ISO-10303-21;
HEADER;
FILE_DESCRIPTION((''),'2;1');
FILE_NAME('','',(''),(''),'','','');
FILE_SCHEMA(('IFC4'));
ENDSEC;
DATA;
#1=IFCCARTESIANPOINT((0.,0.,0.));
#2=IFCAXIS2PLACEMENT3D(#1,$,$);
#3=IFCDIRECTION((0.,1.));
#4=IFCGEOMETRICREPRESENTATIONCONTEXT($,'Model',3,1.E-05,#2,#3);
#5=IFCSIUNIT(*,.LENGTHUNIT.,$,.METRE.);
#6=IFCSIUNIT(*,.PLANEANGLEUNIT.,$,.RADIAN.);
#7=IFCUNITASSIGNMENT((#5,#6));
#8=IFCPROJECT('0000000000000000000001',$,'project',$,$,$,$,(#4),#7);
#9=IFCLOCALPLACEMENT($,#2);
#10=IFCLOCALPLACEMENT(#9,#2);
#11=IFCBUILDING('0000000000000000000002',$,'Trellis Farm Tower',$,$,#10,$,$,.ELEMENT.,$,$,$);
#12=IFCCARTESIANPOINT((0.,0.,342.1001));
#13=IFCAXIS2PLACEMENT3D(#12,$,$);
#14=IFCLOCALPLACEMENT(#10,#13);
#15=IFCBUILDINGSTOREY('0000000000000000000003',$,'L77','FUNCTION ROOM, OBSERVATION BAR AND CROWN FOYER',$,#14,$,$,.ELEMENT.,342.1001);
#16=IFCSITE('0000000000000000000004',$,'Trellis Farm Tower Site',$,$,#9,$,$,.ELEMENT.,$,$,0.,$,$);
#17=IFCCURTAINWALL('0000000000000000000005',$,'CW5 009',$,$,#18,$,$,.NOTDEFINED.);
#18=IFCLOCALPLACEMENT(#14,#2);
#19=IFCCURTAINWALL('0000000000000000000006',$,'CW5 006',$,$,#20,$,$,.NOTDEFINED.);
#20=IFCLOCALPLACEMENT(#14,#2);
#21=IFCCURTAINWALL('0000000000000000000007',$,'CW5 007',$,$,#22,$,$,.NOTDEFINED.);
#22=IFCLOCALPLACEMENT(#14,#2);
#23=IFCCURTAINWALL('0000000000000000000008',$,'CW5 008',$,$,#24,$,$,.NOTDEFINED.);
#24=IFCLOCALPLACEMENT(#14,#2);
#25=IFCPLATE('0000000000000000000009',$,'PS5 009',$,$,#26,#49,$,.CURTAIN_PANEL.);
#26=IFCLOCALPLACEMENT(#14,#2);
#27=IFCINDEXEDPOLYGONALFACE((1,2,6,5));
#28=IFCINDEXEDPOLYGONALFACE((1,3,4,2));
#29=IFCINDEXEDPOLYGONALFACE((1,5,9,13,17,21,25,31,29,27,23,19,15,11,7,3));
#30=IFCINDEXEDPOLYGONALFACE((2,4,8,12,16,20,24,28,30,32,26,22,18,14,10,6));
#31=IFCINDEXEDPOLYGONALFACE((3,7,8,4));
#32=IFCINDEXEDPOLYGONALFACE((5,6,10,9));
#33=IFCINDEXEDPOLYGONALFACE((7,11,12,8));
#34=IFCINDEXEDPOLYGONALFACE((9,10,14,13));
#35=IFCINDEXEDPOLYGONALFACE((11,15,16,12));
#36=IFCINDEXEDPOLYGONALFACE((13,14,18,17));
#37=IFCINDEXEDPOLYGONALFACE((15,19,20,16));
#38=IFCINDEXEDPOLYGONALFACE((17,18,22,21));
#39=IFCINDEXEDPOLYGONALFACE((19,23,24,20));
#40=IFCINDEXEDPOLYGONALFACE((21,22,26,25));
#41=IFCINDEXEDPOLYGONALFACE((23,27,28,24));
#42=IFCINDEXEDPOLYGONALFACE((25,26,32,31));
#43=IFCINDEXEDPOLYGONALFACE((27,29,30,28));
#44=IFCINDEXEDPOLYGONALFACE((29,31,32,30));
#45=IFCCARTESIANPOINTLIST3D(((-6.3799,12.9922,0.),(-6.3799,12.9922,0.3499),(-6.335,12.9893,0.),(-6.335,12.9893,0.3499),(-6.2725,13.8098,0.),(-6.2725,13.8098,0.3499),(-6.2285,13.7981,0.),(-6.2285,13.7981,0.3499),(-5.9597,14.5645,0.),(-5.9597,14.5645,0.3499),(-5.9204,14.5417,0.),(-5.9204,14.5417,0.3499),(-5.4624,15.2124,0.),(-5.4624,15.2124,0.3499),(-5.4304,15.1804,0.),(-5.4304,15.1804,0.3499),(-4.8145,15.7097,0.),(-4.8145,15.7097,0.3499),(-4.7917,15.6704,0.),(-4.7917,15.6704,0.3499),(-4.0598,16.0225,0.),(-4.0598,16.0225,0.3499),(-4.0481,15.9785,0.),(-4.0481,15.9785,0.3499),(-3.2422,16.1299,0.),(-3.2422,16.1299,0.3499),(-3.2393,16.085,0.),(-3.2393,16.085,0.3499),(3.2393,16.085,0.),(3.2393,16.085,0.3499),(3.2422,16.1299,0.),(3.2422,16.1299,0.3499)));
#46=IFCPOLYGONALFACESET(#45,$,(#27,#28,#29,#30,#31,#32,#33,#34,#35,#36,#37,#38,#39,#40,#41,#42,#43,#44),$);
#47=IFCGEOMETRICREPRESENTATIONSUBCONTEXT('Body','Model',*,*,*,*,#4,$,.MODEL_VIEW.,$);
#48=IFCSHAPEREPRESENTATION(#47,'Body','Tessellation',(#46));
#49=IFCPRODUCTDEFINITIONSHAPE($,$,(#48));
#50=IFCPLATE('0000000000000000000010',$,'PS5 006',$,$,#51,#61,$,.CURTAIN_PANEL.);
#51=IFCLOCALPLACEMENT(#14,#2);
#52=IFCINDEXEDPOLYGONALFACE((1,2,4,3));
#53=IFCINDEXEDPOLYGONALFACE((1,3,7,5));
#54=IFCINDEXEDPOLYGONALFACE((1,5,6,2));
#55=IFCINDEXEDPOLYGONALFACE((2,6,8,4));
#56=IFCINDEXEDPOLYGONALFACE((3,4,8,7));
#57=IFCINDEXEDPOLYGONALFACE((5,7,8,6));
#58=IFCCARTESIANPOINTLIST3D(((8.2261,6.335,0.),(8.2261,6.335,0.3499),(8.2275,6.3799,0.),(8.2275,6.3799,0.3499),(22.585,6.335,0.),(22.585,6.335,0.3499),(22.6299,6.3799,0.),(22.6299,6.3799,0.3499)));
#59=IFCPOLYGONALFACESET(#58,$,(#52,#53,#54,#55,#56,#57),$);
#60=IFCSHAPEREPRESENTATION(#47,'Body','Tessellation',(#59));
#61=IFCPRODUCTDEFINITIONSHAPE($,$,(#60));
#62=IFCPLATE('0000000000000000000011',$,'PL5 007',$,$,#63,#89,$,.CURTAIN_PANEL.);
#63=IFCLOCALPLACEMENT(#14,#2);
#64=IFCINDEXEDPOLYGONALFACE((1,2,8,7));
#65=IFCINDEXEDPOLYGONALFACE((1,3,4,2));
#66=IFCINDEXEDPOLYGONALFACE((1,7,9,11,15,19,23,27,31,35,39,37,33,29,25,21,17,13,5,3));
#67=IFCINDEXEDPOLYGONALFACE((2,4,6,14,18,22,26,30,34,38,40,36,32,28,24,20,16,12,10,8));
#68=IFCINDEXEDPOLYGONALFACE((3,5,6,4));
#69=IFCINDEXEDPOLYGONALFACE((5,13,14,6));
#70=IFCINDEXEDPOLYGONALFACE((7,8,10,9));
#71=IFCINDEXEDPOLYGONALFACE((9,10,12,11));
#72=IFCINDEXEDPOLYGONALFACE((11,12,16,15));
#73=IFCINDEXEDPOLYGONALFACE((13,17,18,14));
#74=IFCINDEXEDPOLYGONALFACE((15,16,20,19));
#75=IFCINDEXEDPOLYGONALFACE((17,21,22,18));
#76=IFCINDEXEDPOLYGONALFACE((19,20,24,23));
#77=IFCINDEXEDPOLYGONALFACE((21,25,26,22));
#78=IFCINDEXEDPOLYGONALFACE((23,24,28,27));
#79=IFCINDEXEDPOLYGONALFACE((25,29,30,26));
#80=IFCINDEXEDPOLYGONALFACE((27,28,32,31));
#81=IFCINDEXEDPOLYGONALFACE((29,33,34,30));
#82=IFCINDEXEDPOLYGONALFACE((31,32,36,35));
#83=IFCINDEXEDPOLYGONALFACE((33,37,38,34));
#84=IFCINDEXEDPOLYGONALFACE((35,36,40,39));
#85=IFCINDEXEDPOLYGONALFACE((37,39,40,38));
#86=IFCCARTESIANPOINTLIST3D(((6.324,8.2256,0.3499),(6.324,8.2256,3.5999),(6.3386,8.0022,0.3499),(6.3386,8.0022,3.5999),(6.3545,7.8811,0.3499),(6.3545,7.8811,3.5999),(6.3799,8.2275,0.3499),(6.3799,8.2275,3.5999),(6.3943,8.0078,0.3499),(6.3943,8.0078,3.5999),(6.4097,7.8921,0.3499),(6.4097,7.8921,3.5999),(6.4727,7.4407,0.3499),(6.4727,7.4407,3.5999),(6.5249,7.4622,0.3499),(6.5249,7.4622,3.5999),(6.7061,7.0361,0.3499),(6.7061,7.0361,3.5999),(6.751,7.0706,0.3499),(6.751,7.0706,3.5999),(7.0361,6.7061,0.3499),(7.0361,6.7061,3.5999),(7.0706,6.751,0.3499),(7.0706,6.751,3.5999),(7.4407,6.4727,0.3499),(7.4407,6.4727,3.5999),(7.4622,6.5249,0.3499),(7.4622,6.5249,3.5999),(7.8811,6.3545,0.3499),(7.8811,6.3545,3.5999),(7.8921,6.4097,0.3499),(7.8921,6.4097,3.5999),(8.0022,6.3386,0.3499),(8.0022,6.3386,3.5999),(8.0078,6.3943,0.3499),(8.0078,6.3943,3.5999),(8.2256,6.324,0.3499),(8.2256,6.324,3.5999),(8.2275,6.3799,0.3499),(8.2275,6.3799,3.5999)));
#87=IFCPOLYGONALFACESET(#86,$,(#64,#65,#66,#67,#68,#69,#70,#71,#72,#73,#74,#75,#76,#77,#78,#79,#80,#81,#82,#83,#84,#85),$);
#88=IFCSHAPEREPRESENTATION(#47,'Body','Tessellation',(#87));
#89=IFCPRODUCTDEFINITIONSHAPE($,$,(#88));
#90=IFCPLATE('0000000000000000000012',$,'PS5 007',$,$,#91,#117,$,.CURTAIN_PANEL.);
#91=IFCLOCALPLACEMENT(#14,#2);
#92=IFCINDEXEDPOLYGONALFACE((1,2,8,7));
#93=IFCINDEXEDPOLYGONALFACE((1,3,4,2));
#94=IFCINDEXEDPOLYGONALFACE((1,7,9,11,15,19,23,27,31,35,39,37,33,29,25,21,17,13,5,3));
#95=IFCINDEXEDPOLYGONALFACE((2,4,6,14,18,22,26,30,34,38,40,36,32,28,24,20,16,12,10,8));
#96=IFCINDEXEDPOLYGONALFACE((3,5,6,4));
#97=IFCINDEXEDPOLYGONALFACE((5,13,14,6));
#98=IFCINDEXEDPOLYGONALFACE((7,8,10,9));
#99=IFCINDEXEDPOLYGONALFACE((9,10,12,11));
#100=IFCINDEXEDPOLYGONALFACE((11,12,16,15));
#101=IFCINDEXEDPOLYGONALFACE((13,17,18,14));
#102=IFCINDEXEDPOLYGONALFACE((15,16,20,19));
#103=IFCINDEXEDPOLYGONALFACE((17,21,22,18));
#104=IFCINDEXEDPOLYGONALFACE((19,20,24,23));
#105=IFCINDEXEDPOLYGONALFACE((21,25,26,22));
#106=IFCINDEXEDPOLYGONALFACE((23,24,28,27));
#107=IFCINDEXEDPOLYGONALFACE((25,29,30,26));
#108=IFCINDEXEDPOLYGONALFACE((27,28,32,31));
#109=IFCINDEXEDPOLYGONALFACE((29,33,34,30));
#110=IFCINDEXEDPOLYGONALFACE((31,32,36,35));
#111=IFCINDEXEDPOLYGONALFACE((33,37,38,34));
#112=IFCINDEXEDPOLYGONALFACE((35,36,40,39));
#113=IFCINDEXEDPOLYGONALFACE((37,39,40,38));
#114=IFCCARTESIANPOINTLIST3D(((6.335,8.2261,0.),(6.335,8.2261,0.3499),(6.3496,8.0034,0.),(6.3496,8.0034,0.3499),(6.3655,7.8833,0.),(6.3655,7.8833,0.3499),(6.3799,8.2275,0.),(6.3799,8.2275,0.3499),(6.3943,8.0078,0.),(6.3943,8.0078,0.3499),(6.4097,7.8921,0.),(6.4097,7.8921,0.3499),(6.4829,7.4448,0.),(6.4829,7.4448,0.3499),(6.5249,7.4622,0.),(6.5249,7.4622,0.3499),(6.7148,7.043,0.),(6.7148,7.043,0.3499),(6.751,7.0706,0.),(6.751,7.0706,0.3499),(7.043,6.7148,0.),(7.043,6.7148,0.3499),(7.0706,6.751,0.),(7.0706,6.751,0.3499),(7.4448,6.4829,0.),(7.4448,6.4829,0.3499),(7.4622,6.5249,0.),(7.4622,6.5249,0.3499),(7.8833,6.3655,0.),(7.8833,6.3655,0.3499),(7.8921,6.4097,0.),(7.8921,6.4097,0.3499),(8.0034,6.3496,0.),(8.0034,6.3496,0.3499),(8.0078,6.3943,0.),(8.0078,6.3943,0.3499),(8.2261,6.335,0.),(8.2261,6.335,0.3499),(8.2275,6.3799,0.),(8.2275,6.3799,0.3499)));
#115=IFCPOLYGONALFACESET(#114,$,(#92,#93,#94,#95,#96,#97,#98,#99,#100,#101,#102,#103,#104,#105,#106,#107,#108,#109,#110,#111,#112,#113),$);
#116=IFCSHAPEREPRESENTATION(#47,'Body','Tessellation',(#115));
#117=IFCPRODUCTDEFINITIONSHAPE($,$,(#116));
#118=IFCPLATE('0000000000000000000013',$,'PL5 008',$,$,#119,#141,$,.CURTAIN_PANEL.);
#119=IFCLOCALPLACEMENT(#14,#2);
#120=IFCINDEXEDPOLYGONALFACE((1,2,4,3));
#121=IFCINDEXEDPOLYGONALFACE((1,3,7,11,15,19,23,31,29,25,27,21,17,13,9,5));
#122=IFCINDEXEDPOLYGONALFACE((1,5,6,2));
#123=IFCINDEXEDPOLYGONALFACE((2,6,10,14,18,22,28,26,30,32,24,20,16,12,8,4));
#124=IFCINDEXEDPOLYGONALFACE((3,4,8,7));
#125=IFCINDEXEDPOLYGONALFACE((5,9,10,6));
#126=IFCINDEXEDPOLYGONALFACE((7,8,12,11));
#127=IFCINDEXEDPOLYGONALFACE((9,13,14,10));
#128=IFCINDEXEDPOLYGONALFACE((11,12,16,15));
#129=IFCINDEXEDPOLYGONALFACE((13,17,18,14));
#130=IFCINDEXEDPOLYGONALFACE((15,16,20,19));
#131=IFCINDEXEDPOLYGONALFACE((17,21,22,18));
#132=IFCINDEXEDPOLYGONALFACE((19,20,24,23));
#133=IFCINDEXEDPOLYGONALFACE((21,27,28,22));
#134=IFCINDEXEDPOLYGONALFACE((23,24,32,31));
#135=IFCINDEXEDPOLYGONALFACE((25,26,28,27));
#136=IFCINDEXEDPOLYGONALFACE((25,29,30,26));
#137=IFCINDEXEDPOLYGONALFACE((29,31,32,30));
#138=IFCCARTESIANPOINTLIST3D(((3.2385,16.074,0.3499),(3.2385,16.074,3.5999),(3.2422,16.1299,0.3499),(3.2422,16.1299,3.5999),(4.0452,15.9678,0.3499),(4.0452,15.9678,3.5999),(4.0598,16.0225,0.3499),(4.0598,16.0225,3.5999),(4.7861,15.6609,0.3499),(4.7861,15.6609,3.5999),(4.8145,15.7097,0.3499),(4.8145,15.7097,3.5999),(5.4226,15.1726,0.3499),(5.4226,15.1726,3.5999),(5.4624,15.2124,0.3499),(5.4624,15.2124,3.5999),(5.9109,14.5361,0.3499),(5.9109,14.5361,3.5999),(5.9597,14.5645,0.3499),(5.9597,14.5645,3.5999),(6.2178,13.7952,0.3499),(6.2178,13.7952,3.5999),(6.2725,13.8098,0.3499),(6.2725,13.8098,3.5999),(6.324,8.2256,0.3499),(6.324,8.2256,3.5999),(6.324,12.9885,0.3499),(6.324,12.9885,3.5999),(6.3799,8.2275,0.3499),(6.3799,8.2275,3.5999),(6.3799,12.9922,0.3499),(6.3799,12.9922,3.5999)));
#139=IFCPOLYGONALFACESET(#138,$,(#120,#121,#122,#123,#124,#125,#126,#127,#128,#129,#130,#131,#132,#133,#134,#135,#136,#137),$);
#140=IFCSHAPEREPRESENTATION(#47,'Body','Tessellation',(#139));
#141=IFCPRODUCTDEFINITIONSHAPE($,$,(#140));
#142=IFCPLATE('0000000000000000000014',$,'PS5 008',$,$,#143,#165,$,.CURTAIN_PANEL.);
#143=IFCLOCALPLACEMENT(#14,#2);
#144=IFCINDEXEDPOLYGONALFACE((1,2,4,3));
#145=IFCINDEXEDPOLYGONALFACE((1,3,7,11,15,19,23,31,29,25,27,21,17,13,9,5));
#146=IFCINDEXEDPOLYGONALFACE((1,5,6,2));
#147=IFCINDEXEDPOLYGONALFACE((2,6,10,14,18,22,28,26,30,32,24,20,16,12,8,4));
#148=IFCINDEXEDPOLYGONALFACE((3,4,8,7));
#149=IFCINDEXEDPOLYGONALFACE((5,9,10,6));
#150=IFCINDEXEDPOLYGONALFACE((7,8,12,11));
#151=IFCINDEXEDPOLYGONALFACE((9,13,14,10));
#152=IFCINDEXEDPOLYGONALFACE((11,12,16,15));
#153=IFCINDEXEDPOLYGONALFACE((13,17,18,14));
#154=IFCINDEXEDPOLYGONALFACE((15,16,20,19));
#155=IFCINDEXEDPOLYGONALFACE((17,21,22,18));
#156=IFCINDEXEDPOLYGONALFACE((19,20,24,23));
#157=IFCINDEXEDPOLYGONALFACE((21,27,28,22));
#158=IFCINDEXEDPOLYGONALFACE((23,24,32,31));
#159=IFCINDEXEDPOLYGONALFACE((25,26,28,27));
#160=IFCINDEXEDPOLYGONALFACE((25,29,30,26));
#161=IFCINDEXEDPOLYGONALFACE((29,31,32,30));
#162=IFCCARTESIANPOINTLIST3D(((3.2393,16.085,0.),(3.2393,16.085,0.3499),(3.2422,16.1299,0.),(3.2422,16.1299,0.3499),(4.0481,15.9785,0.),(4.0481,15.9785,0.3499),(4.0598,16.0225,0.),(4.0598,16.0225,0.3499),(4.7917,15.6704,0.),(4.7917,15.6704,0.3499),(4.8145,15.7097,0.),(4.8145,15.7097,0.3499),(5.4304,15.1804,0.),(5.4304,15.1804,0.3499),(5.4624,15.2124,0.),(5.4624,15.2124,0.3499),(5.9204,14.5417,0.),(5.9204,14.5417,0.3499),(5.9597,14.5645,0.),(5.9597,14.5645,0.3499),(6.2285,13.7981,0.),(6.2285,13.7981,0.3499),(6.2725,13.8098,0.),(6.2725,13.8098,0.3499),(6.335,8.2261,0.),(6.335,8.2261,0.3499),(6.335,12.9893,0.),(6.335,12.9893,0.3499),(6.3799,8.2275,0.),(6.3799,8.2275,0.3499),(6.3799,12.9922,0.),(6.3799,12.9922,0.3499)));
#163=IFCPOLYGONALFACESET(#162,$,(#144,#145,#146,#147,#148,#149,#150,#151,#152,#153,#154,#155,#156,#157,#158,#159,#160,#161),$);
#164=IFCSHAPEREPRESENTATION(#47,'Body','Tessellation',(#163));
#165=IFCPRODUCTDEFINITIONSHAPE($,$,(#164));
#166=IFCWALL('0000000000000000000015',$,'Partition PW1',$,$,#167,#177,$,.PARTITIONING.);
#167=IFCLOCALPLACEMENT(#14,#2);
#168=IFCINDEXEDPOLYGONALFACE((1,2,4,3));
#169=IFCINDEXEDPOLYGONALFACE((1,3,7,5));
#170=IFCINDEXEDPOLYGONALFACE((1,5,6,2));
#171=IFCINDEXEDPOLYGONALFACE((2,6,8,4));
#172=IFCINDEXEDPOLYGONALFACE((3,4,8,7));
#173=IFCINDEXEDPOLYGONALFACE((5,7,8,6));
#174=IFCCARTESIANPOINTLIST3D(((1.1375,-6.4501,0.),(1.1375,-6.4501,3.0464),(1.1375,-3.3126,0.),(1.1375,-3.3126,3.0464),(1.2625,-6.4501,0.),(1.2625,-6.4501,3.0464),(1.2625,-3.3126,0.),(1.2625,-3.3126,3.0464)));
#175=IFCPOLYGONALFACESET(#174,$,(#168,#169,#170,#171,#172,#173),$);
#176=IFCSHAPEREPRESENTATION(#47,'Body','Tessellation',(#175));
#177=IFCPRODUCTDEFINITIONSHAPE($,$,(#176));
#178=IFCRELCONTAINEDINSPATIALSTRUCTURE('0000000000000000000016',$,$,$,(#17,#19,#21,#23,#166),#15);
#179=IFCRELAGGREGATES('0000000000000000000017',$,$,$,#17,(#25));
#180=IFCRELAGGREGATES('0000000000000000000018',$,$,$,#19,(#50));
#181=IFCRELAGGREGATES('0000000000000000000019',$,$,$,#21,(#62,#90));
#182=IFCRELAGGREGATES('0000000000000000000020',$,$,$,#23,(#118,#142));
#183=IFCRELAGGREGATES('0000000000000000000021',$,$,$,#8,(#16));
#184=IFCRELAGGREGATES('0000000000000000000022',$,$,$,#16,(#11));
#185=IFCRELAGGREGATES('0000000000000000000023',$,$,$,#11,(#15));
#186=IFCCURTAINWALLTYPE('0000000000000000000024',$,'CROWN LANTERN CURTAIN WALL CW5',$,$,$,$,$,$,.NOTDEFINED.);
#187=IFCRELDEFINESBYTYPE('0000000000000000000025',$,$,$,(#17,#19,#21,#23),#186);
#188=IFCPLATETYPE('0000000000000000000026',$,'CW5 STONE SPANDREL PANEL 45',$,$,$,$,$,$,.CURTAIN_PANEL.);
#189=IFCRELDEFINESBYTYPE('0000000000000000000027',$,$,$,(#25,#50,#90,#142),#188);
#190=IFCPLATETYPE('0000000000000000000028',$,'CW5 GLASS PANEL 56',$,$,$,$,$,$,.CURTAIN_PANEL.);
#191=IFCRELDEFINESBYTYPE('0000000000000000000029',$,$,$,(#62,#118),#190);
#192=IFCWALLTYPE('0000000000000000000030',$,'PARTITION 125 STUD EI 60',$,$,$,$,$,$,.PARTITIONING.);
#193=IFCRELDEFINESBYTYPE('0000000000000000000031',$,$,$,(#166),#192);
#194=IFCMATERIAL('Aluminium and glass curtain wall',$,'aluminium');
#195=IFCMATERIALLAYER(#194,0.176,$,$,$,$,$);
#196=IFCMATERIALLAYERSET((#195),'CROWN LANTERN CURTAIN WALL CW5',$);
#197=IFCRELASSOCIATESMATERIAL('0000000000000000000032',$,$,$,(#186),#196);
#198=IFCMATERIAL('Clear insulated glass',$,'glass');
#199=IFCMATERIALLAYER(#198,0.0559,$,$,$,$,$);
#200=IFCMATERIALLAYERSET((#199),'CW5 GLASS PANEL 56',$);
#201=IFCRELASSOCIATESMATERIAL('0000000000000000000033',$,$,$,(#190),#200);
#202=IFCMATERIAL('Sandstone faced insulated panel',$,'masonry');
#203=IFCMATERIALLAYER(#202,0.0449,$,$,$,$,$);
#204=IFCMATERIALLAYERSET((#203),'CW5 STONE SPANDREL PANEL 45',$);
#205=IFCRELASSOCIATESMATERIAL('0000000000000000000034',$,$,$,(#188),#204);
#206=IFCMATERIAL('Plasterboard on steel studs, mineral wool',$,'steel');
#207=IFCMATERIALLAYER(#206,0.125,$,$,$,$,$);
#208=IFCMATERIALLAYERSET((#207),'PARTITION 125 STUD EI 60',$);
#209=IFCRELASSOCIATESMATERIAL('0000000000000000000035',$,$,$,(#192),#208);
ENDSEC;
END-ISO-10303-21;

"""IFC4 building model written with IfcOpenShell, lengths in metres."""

from ifc_helpers import new_model, si_unit, direction, frame, frame_2d, origin, place, context, subcontext, project, spatial, polyline, rectangle, outline, extrude, source, transform, mapped, material, layer, layer_set, type_object, element, aggregate, save


model = new_model("IFC4")

# Units and contexts
model_context = context("Model", 3, precision=1e-05, world=origin(), true_north=direction((0.0, 1.0)))
body_context = subcontext(model_context, "Body", "Model", "MODEL_VIEW")
ifc_project = project(units=[si_unit("LENGTHUNIT", "METRE"), si_unit("PLANEANGLEUNIT", "RADIAN")], contexts=[model_context])

# Site, building, storey
site_placement = place(None, origin())
site = spatial("IfcSite", under=ifc_project, at=site_placement, Name="Trellis Farm Tower Site", CompositionType="ELEMENT", RefElevation=0.0)
building_placement = place(site_placement, origin())
building = spatial("IfcBuilding", under=site, at=building_placement, Name="Trellis Farm Tower", CompositionType="ELEMENT")
storey_placement = place(building_placement, frame((0.0, 0.0, 342.1001)))
storey = spatial("IfcBuildingStorey", under=building, at=storey_placement, Name="L77", Description="FUNCTION ROOM, OBSERVATION BAR AND CROWN FOYER", CompositionType="ELEMENT", Elevation=342.1001)

# Curtain wall
ifc_material_1 = material(Name="Aluminium and glass curtain wall", Category="aluminium")
ifc_layer_1 = layer(ifc_material_1, 0.176)
ifc_layer_set_1 = layer_set([ifc_layer_1], Name="CROWN LANTERN CURTAIN WALL CW5")
curtain_wall_type = type_object("IfcCurtainWallType", Name="CROWN LANTERN CURTAIN WALL CW5", PredefinedType="NOTDEFINED", material=ifc_layer_set_1)
placement_1 = place(storey_placement, origin())
curtain_wall_1 = element("IfcCurtainWall", 1, at=placement_1, inside=storey, type_object=curtain_wall_type, Name="CW5 009", PredefinedType="NOTDEFINED")

# Curtain walls
curtain_wall_2 = element("IfcCurtainWall", 2, at=placement_1, inside=storey, type_object=curtain_wall_type, Name="CW5 006", PredefinedType="NOTDEFINED")
curtain_wall_3 = element("IfcCurtainWall", 3, at=placement_1, inside=storey, type_object=curtain_wall_type, Name="CW5 007", PredefinedType="NOTDEFINED")
curtain_wall_4 = element("IfcCurtainWall", 4, at=placement_1, inside=storey, type_object=curtain_wall_type, Name="CW5 008", PredefinedType="NOTDEFINED")

# Plates
ifc_material_2 = material(Name="Clear insulated glass", Category="glass")
ifc_layer_2 = layer(ifc_material_2, 0.0559)
ifc_layer_set_2 = layer_set([ifc_layer_2], Name="CW5 GLASS PANEL 56")
plate_type_1 = type_object("IfcPlateType", Name="CW5 GLASS PANEL 56", PredefinedType="CURTAIN_PANEL", material=ifc_layer_set_2)
placement_2 = place(storey_placement, frame((0.0, 0.0, 0.3499)))
ifc_material_3 = material(Name="Sandstone faced insulated panel", Category="masonry")
ifc_layer_3 = layer(ifc_material_3, 0.0449)
ifc_layer_set_3 = layer_set([ifc_layer_3], Name="CW5 STONE SPANDREL PANEL 45")
plate_type_2 = type_object("IfcPlateType", Name="CW5 STONE SPANDREL PANEL 45", PredefinedType="CURTAIN_PANEL", material=ifc_layer_set_3)
plate_1 = element("IfcPlate", 5, at=placement_1, type_object=plate_type_2, Name="PS5 009", PredefinedType="CURTAIN_PANEL", context=body_context, shape_type="SweptSolid", body=[
    extrude(outline(polyline([(3.2422, 16.1299), (-3.2422, 16.1299), (-4.0598, 16.0225), (-4.8145, 15.7097), (-5.4624, 15.2124), (-5.9597, 14.5645), (-6.2725, 13.8098), (-6.3799, 12.9922), (-6.335, 12.9893), (-6.2285, 13.7981), (-5.9204, 14.5417), (-5.4304, 15.1804), (-4.7917, 15.6704), (-4.0481, 15.9785), (-3.2393, 16.085), (3.2393, 16.085), (3.2422, 16.1299)])), origin(), (0.0, 0.0, 1.0), 0.3499),
])
aggregate(curtain_wall_1, [plate_1])
shared_shape_1 = source(origin(), body_context, "Body", "SweptSolid", [
    extrude(outline(polyline([(22.6299, 6.3799), (8.2275, 6.3799), (8.2261, 6.335), (22.585, 6.335), (22.6299, 6.3799)])), origin(), (0.0, 0.0, 1.0), 0.3499),
])
plate_2 = element("IfcPlate", 6, at=placement_1, type_object=plate_type_2, Name="PS5 006", PredefinedType="CURTAIN_PANEL", context=body_context, shape_type="MappedRepresentation", body=[
    mapped(shared_shape_1, transform((0.0, 0.0, 0.0))),
])
aggregate(curtain_wall_2, [plate_2])
shared_shape_2 = source(origin(), body_context, "Body", "SweptSolid", [
    extrude(outline(polyline([(8.2275, 6.3799), (8.0078, 6.3943), (7.8921, 6.4097), (7.4622, 6.5249), (7.0706, 6.751), (6.751, 7.0706), (6.5249, 7.4622), (6.4097, 7.8921), (6.3943, 8.0078), (6.3799, 8.2275), (6.324, 8.2256), (6.3386, 8.0022), (6.3545, 7.8811), (6.4727, 7.4407), (6.7061, 7.0361), (7.0361, 6.7061), (7.4407, 6.4727), (7.8811, 6.3545), (8.0022, 6.3386), (8.2256, 6.324), (8.2275, 6.3799)])), origin(), (0.0, 0.0, 1.0), 3.25),
])
plate_3 = element("IfcPlate", 7, at=placement_2, type_object=plate_type_1, Name="PL5 007", PredefinedType="CURTAIN_PANEL", context=body_context, shape_type="MappedRepresentation", body=[
    mapped(shared_shape_2, transform((0.0, 0.0, 0.0))),
])
shared_shape_3 = source(origin(), body_context, "Body", "SweptSolid", [
    extrude(outline(polyline([(8.2275, 6.3799), (8.0078, 6.3943), (7.8921, 6.4097), (7.4622, 6.5249), (7.0706, 6.751), (6.751, 7.0706), (6.5249, 7.4622), (6.4097, 7.8921), (6.3943, 8.0078), (6.3799, 8.2275), (6.335, 8.2261), (6.3496, 8.0034), (6.3655, 7.8833), (6.4829, 7.4448), (6.7148, 7.043), (7.043, 6.7148), (7.4448, 6.4829), (7.8833, 6.3655), (8.0034, 6.3496), (8.2261, 6.335), (8.2275, 6.3799)])), origin(), (0.0, 0.0, 1.0), 0.3499),
])
plate_4 = element("IfcPlate", 8, at=placement_1, type_object=plate_type_2, Name="PS5 007", PredefinedType="CURTAIN_PANEL", context=body_context, shape_type="MappedRepresentation", body=[
    mapped(shared_shape_3, transform((0.0, 0.0, 0.0))),
])
aggregate(curtain_wall_3, [plate_3, plate_4])
shared_shape_4 = source(origin(), body_context, "Body", "SweptSolid", [
    extrude(outline(polyline([(6.3799, 8.2275), (6.3799, 12.9922), (6.2725, 13.8098), (5.9597, 14.5645), (5.4624, 15.2124), (4.8145, 15.7097), (4.0598, 16.0225), (3.2422, 16.1299), (3.2385, 16.074), (4.0452, 15.9678), (4.7861, 15.6609), (5.4226, 15.1726), (5.9109, 14.5361), (6.2178, 13.7952), (6.324, 12.9885), (6.324, 8.2256), (6.3799, 8.2275)])), origin(), (0.0, 0.0, 1.0), 3.25),
])
plate_5 = element("IfcPlate", 9, at=placement_2, type_object=plate_type_1, Name="PL5 008", PredefinedType="CURTAIN_PANEL", context=body_context, shape_type="MappedRepresentation", body=[
    mapped(shared_shape_4, transform((0.0, 0.0, 0.0))),
])
shared_shape_5 = source(origin(), body_context, "Body", "SweptSolid", [
    extrude(outline(polyline([(6.3799, 8.2275), (6.3799, 12.9922), (6.2725, 13.8098), (5.9597, 14.5645), (5.4624, 15.2124), (4.8145, 15.7097), (4.0598, 16.0225), (3.2422, 16.1299), (3.2393, 16.085), (4.0481, 15.9785), (4.7917, 15.6704), (5.4304, 15.1804), (5.9204, 14.5417), (6.2285, 13.7981), (6.335, 12.9893), (6.335, 8.2261), (6.3799, 8.2275)])), origin(), (0.0, 0.0, 1.0), 0.3499),
])
plate_6 = element("IfcPlate", 10, at=placement_1, type_object=plate_type_2, Name="PS5 008", PredefinedType="CURTAIN_PANEL", context=body_context, shape_type="MappedRepresentation", body=[
    mapped(shared_shape_5, transform((0.0, 0.0, 0.0))),
])
aggregate(curtain_wall_4, [plate_5, plate_6])

# Wall
ifc_material_4 = material(Name="Plasterboard on steel studs, mineral wool", Category="steel")
ifc_layer_4 = layer(ifc_material_4, 0.125)
ifc_layer_set_4 = layer_set([ifc_layer_4], Name="PARTITION 125 STUD EI 60")
wall_type_1 = type_object("IfcWallType", Name="PARTITION 125 STUD EI 60", PredefinedType="PARTITIONING", material=ifc_layer_set_4)
shared_shape_6 = source(origin(), body_context, "Body", "SweptSolid", [
    extrude(rectangle(XDim=3.1375, YDim=0.125, at=frame_2d((1.5688, 0.0))), origin(), (0.0, 0.0, 1.0), 3.0464),
])
wall_1_placement = place(storey_placement, frame((1.2, -3.3125, 0.0), z_axis=(0.0, 0.0, 1.0), x_axis=(0.0, -1.0, 0.0)))
element("IfcWall", 11, at=wall_1_placement, inside=storey, type_object=wall_type_1, Name="Partition PW1", PredefinedType="PARTITIONING", context=body_context, shape_type="MappedRepresentation", body=[
    mapped(shared_shape_6, transform((0.0, 0.0, 0.0))),
])

save(model, "model.ifc")
